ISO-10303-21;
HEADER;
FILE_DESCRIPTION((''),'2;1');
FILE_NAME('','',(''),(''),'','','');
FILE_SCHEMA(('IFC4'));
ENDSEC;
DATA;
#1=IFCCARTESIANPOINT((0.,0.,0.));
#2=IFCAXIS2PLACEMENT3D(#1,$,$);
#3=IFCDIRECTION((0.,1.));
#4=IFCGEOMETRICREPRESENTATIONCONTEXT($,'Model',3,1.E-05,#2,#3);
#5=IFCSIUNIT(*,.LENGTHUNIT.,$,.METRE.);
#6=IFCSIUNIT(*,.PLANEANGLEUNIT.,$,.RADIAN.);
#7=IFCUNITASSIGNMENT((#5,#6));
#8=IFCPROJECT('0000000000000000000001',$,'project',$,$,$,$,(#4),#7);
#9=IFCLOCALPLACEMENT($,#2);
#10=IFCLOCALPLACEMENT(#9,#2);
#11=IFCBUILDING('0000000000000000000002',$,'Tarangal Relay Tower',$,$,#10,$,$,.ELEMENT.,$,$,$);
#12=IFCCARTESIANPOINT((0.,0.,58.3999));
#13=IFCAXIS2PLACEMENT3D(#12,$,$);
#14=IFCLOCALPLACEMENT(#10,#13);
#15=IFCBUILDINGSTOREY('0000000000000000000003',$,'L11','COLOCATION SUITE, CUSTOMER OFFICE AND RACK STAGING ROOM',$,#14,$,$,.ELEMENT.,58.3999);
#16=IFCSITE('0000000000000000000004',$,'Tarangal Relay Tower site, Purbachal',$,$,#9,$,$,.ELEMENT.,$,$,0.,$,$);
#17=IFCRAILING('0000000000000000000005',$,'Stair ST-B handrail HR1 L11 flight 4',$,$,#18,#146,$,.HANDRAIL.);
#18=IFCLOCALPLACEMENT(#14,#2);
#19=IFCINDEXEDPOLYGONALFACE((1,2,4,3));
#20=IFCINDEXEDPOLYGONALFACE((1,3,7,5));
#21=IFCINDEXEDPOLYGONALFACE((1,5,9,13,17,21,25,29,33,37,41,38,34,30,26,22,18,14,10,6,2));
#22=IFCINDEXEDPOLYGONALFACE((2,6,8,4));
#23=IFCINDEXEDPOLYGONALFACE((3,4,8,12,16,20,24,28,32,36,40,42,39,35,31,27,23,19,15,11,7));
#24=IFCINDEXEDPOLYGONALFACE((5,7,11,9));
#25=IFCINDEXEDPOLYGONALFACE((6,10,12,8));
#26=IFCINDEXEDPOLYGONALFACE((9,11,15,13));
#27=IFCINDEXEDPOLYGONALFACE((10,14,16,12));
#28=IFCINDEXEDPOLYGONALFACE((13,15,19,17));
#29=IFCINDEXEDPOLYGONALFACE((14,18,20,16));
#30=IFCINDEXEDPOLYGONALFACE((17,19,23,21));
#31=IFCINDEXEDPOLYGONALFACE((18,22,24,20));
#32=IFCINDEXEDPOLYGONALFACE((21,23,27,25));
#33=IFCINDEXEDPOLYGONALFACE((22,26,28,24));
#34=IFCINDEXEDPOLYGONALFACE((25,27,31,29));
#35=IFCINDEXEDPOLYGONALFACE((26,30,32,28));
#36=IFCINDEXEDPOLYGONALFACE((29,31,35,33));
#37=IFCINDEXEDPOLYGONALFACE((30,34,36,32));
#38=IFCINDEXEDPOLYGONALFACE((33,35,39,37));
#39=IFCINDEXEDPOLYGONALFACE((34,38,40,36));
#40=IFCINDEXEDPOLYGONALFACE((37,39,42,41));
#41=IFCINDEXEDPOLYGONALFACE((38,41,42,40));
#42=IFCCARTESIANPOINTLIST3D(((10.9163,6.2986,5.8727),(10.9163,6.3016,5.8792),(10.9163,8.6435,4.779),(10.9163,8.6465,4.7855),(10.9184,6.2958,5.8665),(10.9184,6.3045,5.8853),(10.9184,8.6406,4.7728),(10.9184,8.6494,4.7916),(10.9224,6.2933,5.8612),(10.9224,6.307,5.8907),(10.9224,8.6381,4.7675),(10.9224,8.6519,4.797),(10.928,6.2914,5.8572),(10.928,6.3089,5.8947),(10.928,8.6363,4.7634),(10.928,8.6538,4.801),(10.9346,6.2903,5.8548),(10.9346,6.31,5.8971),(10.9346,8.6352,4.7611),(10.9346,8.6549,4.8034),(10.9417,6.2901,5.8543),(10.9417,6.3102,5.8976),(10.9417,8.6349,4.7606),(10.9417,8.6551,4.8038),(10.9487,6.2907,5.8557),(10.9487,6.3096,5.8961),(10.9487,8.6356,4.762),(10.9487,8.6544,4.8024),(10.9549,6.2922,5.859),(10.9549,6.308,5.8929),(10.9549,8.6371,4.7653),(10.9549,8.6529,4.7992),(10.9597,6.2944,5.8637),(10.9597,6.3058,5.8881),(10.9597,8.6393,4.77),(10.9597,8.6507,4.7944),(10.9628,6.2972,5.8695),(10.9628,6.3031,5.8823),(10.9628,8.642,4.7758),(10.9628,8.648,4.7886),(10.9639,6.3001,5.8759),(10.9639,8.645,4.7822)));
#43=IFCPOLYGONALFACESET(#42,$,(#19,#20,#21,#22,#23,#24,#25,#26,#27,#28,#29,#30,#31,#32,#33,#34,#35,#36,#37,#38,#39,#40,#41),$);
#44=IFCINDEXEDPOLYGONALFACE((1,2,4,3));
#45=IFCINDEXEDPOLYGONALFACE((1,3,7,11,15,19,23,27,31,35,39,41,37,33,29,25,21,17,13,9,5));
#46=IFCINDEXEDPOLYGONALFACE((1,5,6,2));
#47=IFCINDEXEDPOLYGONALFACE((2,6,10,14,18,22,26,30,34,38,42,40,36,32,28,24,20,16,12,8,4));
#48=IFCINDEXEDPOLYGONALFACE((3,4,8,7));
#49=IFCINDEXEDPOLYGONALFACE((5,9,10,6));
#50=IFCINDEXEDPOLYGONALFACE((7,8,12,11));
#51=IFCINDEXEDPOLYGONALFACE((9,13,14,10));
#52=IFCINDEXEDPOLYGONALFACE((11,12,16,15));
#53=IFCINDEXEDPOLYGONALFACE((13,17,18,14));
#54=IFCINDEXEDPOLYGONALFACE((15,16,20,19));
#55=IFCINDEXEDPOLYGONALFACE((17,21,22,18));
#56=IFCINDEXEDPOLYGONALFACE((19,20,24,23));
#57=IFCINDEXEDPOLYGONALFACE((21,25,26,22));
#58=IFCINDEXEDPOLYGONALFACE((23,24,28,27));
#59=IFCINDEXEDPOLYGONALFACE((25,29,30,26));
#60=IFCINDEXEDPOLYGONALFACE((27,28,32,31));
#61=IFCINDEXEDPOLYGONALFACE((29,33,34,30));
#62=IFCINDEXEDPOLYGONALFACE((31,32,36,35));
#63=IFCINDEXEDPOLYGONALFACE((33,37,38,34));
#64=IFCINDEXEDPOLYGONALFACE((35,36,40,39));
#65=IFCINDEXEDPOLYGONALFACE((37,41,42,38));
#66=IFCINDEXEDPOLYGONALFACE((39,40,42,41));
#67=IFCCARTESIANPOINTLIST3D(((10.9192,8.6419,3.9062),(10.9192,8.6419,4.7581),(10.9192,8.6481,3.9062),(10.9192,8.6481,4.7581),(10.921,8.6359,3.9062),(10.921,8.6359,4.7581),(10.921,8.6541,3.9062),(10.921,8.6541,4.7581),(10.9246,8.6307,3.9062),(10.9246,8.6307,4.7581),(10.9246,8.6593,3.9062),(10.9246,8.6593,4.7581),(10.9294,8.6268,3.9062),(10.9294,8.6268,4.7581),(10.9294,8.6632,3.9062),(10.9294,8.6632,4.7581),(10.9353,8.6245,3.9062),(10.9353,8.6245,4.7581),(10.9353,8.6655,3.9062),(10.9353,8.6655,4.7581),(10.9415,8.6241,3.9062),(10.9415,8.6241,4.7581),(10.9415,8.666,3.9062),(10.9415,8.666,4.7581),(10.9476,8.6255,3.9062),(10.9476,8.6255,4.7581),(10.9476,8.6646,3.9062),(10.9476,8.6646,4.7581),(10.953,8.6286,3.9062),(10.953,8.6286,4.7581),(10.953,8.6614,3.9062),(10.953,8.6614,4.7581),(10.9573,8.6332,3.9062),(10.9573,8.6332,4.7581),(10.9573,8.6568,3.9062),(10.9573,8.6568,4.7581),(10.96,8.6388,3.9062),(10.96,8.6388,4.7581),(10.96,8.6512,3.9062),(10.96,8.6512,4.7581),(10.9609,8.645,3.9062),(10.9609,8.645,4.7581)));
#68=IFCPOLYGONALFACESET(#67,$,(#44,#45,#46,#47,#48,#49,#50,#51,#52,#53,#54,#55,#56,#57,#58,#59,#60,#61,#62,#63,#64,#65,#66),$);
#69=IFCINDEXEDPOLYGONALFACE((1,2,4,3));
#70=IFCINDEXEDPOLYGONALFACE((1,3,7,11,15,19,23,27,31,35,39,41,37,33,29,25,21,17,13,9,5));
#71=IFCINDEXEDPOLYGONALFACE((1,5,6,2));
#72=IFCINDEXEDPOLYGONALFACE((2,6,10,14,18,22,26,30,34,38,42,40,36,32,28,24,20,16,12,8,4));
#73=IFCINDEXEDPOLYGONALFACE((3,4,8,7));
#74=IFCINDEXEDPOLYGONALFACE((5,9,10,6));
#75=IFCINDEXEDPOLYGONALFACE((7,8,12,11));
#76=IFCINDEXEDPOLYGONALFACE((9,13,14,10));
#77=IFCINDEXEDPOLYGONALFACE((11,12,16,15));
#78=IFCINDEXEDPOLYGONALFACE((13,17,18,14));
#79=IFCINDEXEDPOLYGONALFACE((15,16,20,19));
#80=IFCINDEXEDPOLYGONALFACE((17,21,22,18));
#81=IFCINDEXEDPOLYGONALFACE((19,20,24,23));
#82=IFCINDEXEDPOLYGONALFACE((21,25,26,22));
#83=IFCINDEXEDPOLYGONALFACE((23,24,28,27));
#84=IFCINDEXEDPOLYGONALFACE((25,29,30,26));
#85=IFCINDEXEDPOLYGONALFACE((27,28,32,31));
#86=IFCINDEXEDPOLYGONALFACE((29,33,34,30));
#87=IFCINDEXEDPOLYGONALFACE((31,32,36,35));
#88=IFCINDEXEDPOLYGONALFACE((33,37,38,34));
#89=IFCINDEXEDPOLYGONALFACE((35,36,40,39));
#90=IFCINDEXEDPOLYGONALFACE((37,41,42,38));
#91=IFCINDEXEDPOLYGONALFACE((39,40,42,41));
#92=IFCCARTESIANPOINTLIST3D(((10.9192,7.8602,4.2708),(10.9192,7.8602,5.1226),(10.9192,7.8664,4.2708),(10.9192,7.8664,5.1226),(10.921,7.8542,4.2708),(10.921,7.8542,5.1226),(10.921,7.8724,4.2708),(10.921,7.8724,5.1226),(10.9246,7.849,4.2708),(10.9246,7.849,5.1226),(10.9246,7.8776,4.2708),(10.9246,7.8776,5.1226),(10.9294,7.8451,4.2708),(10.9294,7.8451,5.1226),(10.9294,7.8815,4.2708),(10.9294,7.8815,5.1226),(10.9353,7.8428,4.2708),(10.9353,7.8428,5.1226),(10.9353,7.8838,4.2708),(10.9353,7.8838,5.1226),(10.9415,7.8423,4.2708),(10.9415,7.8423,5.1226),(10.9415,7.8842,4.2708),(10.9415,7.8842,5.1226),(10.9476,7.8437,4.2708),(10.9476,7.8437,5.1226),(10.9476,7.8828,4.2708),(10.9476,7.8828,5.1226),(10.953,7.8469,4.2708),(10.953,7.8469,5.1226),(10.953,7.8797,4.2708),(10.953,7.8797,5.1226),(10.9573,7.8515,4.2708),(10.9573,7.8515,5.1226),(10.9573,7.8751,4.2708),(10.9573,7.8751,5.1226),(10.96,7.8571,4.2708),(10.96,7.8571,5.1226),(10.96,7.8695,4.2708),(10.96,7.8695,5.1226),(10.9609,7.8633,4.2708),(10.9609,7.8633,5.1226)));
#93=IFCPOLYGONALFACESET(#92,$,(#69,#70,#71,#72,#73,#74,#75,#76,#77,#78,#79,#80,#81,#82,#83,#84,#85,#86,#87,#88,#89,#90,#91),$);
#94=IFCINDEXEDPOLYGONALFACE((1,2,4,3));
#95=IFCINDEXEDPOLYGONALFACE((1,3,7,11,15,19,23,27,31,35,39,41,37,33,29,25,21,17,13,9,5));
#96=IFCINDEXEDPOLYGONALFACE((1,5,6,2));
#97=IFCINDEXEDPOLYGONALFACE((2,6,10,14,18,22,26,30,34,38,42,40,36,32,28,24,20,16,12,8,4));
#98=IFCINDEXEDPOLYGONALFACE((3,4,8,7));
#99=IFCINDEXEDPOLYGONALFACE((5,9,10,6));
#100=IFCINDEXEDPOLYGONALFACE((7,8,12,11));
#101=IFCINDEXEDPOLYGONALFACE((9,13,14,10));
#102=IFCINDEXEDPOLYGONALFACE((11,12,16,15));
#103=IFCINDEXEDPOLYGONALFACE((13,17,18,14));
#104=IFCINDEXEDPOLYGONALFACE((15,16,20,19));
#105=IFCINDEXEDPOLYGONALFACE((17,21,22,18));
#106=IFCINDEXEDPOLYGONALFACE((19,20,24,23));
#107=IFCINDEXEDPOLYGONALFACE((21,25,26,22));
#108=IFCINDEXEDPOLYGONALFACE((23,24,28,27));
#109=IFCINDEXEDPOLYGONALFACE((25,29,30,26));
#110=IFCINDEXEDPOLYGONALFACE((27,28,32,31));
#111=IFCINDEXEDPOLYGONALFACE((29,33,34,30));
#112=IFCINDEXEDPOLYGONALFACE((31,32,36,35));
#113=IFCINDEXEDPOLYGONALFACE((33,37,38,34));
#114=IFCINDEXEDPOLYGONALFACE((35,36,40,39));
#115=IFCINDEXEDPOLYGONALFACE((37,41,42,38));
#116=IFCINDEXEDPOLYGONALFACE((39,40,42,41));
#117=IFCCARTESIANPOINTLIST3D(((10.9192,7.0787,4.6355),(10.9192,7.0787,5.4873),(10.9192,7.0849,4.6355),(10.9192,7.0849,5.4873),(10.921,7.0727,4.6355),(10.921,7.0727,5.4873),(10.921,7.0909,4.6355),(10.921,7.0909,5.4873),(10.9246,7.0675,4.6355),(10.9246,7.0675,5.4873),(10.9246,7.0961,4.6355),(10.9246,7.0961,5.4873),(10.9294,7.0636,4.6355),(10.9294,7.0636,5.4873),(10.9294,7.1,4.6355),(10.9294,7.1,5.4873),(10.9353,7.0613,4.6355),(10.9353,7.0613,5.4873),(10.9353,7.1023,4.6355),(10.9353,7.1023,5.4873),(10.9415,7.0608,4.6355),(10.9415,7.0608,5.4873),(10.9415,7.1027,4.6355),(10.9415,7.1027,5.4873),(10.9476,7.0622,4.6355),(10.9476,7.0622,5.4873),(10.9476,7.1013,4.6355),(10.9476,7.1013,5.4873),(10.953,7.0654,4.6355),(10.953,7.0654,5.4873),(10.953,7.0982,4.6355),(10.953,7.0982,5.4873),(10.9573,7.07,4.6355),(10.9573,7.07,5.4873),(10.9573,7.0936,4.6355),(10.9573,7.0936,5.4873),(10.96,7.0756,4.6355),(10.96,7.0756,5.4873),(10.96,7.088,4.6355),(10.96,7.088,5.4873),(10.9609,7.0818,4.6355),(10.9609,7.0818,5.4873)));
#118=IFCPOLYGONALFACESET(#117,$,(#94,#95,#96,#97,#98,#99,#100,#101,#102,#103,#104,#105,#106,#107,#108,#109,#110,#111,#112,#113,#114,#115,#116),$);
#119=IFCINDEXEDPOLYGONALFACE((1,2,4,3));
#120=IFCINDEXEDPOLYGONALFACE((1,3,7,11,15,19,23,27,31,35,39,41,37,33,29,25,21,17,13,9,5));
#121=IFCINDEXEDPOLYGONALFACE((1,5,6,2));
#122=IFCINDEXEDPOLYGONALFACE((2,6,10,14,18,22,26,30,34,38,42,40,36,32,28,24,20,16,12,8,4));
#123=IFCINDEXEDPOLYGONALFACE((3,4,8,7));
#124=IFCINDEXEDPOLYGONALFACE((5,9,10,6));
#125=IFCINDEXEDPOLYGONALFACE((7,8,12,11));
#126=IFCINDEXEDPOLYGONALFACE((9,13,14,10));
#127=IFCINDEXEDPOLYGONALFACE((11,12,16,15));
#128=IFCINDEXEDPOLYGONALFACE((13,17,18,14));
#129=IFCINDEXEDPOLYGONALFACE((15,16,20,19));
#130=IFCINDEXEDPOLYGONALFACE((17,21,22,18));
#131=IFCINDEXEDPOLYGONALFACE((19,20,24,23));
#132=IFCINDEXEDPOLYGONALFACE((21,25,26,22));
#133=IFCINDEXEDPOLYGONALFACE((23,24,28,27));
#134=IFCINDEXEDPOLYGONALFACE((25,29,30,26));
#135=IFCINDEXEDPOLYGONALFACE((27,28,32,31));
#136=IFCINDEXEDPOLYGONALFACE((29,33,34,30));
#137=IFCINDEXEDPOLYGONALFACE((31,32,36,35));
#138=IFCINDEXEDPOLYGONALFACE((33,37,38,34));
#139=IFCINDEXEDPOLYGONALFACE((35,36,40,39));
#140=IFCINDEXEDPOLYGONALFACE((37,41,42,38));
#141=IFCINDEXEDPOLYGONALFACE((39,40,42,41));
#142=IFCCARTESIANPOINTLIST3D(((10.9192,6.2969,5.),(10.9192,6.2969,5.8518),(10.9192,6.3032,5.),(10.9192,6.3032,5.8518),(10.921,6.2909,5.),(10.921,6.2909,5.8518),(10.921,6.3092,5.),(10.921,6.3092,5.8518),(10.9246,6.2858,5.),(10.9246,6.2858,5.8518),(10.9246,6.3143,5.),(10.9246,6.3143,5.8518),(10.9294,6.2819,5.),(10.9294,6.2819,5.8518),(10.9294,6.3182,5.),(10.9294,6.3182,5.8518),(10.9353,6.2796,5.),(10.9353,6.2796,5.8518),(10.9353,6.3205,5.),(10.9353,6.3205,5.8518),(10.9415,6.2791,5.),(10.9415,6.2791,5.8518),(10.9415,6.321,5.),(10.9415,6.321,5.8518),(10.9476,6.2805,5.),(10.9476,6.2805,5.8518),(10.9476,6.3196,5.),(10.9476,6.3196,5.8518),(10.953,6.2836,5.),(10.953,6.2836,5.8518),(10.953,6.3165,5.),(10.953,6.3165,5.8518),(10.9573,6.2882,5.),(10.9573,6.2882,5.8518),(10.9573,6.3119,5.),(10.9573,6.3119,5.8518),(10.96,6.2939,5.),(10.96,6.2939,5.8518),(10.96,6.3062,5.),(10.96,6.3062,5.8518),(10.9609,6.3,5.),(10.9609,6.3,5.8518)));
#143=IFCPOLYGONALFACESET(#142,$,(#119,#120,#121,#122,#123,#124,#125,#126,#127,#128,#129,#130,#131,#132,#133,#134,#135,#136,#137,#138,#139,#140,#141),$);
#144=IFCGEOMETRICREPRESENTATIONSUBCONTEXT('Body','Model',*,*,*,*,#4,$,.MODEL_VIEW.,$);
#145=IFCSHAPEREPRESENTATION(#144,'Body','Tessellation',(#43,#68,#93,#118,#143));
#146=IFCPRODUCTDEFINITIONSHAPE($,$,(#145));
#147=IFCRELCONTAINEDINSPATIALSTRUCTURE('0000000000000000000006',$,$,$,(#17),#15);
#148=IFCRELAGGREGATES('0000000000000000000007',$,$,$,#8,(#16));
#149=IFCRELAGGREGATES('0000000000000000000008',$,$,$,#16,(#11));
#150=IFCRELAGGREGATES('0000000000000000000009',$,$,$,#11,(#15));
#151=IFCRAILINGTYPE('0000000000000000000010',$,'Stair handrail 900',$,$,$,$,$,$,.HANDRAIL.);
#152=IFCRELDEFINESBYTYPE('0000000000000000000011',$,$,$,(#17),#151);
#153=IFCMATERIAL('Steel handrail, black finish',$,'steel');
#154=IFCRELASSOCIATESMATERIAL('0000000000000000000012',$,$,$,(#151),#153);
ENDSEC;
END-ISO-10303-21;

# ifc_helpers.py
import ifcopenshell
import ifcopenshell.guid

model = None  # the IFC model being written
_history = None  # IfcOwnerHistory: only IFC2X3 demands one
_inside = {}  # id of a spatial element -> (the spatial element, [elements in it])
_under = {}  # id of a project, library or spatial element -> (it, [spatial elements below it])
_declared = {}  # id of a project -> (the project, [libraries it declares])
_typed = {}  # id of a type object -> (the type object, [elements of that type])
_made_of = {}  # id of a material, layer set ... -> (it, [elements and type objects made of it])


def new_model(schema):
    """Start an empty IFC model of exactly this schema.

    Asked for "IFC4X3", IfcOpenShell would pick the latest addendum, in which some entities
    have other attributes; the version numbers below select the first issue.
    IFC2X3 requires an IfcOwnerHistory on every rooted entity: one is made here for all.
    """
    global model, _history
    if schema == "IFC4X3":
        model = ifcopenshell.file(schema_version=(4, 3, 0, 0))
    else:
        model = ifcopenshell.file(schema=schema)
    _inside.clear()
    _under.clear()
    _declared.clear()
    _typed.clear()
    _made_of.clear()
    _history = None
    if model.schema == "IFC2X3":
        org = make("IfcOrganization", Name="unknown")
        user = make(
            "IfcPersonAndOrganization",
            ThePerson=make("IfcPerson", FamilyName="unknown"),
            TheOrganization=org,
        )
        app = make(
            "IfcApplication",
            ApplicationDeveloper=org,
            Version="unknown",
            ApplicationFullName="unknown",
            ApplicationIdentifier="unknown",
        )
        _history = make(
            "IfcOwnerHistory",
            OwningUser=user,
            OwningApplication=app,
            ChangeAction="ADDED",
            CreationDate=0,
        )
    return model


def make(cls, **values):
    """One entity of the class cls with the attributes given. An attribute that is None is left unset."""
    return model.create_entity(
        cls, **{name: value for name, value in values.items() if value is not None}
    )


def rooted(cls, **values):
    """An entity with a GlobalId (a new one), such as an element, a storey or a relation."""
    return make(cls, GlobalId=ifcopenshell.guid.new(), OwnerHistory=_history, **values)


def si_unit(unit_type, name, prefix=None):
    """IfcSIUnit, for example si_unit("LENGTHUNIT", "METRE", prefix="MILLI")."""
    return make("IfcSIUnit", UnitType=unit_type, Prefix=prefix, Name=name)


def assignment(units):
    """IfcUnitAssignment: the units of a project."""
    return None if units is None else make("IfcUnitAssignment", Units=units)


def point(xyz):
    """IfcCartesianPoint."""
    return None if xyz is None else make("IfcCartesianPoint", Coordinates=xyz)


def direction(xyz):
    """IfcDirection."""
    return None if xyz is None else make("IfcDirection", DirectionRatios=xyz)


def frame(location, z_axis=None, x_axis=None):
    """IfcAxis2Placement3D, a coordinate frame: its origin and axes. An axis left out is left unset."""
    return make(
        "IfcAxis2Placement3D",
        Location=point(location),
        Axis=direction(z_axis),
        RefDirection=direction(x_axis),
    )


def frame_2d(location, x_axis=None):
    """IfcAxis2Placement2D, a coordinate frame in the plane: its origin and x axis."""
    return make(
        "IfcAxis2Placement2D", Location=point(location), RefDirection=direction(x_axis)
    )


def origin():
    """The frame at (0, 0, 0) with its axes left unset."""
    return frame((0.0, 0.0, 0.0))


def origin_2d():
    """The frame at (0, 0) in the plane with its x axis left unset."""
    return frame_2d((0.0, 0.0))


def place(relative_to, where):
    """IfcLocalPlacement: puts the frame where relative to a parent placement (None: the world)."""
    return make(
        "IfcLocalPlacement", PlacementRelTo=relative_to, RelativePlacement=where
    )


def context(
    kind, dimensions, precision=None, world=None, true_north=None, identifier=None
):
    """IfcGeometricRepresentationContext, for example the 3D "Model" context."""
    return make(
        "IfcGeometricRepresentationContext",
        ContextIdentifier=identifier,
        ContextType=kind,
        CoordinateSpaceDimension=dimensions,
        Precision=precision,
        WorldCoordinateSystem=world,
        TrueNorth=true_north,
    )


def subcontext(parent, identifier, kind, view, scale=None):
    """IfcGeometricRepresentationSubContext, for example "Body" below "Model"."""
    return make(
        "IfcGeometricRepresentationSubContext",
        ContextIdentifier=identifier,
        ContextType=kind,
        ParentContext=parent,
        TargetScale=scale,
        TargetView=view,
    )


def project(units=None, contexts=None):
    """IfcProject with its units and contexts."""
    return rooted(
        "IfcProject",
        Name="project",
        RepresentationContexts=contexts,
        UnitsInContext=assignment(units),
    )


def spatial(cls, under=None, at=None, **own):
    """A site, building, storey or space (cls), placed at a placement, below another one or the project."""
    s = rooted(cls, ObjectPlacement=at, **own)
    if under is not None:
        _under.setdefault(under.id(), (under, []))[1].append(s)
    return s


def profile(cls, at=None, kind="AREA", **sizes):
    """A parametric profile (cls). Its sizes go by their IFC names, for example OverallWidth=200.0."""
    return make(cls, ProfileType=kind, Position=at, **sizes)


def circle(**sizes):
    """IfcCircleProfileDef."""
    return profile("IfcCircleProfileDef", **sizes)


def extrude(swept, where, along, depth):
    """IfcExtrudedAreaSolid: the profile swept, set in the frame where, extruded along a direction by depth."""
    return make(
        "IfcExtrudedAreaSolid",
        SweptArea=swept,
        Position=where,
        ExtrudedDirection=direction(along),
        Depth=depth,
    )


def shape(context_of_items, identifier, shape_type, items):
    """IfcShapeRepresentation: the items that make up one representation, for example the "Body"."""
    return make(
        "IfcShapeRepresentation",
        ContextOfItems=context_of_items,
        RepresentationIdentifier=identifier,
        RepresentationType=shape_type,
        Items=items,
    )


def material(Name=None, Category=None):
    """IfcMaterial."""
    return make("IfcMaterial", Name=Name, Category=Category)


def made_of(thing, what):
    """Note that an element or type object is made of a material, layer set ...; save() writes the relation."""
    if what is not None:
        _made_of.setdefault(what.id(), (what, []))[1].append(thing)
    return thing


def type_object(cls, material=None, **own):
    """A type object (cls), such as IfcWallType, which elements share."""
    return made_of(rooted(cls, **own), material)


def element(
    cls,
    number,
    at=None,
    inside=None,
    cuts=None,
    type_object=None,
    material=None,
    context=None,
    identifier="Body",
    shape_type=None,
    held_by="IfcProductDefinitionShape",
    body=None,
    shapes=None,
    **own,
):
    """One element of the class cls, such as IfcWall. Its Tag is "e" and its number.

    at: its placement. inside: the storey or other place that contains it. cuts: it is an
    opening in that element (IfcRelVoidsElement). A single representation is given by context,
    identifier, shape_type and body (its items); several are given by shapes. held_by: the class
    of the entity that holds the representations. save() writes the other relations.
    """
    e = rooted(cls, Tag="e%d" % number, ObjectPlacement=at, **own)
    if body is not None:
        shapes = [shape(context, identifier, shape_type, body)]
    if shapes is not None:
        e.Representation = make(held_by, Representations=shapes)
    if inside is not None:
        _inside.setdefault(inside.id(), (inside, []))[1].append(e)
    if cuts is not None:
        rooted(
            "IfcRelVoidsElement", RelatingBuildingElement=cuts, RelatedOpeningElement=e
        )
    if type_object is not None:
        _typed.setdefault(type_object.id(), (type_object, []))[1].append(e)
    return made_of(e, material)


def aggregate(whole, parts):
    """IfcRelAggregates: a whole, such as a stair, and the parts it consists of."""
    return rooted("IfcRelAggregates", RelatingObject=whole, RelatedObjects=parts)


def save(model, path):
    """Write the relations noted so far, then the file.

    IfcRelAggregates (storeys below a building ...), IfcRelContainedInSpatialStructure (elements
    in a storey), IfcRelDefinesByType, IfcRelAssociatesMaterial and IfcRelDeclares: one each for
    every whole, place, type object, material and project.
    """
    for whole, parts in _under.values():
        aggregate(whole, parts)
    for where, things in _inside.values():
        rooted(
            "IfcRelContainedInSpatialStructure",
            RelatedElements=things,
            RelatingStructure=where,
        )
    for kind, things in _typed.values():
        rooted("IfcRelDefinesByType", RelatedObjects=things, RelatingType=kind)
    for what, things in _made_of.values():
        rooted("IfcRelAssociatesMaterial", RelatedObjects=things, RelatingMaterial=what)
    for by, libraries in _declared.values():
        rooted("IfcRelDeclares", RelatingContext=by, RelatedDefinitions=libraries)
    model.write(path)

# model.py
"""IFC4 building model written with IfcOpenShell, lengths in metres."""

from ifc_helpers import new_model, si_unit, direction, frame, origin, origin_2d, place, context, subcontext, project, spatial, circle, extrude, material, type_object, element, save


model = new_model("IFC4")

# Units and contexts
model_context = context("Model", 3, precision=1e-05, world=origin(), true_north=direction((0.0, 1.0)))
body_context = subcontext(model_context, "Body", "Model", "MODEL_VIEW")
ifc_project = project(units=[si_unit("LENGTHUNIT", "METRE"), si_unit("PLANEANGLEUNIT", "RADIAN")], contexts=[model_context])

# Site, building, storey
site_placement = place(None, origin())
site = spatial("IfcSite", under=ifc_project, at=site_placement, Name="Tarangal Relay Tower site, Purbachal", CompositionType="ELEMENT", RefElevation=0.0)
building_placement = place(site_placement, origin())
building = spatial("IfcBuilding", under=site, at=building_placement, Name="Tarangal Relay Tower", CompositionType="ELEMENT")
storey_placement = place(building_placement, frame((0.0, 0.0, 58.3999)))
storey = spatial("IfcBuildingStorey", under=building, at=storey_placement, Name="L11", Description="COLOCATION SUITE, CUSTOMER OFFICE AND RACK STAGING ROOM", CompositionType="ELEMENT", Elevation=58.3999)

# Railing
ifc_material_1 = material(Name="Steel handrail, black finish", Category="steel")
railing_type_1 = type_object("IfcRailingType", Name="Stair handrail 900", PredefinedType="HANDRAIL", material=ifc_material_1)
for number, where, name in (
    (1, (10.9399, 8.645, 3.9062), "Stair ST-B handrail HR1 L11 flight 4"),
):
    element("IfcRailing", number, at=place(storey_placement, frame(where)), inside=storey, type_object=railing_type_1, Name=name, PredefinedType="HANDRAIL", context=body_context, shape_type="SweptSolid", body=[
        extrude(circle(Radius=0.0239, at=origin_2d()), frame((0.0, 0.0, 0.876), z_axis=(0.0, -0.906267, 0.422705), x_axis=(1.0, 0.0, 0.0)), (0.0, 0.0, 1.0), 2.5874),
        extrude(circle(Radius=0.021, at=origin_2d()), origin(), (0.0, 0.0, 1.0), 0.8518),
        extrude(circle(Radius=0.021, at=origin_2d()), frame((0.0, -0.7817, 0.3645)), (0.0, 0.0, 1.0), 0.8518),
        extrude(circle(Radius=0.021, at=origin_2d()), frame((0.0, -1.5632, 0.7292)), (0.0, 0.0, 1.0), 0.8518),
        extrude(circle(Radius=0.021, at=origin_2d()), frame((0.0, -2.345, 1.0938)), (0.0, 0.0, 1.0), 0.8518),
    ])

save(model, "model.ifc")
